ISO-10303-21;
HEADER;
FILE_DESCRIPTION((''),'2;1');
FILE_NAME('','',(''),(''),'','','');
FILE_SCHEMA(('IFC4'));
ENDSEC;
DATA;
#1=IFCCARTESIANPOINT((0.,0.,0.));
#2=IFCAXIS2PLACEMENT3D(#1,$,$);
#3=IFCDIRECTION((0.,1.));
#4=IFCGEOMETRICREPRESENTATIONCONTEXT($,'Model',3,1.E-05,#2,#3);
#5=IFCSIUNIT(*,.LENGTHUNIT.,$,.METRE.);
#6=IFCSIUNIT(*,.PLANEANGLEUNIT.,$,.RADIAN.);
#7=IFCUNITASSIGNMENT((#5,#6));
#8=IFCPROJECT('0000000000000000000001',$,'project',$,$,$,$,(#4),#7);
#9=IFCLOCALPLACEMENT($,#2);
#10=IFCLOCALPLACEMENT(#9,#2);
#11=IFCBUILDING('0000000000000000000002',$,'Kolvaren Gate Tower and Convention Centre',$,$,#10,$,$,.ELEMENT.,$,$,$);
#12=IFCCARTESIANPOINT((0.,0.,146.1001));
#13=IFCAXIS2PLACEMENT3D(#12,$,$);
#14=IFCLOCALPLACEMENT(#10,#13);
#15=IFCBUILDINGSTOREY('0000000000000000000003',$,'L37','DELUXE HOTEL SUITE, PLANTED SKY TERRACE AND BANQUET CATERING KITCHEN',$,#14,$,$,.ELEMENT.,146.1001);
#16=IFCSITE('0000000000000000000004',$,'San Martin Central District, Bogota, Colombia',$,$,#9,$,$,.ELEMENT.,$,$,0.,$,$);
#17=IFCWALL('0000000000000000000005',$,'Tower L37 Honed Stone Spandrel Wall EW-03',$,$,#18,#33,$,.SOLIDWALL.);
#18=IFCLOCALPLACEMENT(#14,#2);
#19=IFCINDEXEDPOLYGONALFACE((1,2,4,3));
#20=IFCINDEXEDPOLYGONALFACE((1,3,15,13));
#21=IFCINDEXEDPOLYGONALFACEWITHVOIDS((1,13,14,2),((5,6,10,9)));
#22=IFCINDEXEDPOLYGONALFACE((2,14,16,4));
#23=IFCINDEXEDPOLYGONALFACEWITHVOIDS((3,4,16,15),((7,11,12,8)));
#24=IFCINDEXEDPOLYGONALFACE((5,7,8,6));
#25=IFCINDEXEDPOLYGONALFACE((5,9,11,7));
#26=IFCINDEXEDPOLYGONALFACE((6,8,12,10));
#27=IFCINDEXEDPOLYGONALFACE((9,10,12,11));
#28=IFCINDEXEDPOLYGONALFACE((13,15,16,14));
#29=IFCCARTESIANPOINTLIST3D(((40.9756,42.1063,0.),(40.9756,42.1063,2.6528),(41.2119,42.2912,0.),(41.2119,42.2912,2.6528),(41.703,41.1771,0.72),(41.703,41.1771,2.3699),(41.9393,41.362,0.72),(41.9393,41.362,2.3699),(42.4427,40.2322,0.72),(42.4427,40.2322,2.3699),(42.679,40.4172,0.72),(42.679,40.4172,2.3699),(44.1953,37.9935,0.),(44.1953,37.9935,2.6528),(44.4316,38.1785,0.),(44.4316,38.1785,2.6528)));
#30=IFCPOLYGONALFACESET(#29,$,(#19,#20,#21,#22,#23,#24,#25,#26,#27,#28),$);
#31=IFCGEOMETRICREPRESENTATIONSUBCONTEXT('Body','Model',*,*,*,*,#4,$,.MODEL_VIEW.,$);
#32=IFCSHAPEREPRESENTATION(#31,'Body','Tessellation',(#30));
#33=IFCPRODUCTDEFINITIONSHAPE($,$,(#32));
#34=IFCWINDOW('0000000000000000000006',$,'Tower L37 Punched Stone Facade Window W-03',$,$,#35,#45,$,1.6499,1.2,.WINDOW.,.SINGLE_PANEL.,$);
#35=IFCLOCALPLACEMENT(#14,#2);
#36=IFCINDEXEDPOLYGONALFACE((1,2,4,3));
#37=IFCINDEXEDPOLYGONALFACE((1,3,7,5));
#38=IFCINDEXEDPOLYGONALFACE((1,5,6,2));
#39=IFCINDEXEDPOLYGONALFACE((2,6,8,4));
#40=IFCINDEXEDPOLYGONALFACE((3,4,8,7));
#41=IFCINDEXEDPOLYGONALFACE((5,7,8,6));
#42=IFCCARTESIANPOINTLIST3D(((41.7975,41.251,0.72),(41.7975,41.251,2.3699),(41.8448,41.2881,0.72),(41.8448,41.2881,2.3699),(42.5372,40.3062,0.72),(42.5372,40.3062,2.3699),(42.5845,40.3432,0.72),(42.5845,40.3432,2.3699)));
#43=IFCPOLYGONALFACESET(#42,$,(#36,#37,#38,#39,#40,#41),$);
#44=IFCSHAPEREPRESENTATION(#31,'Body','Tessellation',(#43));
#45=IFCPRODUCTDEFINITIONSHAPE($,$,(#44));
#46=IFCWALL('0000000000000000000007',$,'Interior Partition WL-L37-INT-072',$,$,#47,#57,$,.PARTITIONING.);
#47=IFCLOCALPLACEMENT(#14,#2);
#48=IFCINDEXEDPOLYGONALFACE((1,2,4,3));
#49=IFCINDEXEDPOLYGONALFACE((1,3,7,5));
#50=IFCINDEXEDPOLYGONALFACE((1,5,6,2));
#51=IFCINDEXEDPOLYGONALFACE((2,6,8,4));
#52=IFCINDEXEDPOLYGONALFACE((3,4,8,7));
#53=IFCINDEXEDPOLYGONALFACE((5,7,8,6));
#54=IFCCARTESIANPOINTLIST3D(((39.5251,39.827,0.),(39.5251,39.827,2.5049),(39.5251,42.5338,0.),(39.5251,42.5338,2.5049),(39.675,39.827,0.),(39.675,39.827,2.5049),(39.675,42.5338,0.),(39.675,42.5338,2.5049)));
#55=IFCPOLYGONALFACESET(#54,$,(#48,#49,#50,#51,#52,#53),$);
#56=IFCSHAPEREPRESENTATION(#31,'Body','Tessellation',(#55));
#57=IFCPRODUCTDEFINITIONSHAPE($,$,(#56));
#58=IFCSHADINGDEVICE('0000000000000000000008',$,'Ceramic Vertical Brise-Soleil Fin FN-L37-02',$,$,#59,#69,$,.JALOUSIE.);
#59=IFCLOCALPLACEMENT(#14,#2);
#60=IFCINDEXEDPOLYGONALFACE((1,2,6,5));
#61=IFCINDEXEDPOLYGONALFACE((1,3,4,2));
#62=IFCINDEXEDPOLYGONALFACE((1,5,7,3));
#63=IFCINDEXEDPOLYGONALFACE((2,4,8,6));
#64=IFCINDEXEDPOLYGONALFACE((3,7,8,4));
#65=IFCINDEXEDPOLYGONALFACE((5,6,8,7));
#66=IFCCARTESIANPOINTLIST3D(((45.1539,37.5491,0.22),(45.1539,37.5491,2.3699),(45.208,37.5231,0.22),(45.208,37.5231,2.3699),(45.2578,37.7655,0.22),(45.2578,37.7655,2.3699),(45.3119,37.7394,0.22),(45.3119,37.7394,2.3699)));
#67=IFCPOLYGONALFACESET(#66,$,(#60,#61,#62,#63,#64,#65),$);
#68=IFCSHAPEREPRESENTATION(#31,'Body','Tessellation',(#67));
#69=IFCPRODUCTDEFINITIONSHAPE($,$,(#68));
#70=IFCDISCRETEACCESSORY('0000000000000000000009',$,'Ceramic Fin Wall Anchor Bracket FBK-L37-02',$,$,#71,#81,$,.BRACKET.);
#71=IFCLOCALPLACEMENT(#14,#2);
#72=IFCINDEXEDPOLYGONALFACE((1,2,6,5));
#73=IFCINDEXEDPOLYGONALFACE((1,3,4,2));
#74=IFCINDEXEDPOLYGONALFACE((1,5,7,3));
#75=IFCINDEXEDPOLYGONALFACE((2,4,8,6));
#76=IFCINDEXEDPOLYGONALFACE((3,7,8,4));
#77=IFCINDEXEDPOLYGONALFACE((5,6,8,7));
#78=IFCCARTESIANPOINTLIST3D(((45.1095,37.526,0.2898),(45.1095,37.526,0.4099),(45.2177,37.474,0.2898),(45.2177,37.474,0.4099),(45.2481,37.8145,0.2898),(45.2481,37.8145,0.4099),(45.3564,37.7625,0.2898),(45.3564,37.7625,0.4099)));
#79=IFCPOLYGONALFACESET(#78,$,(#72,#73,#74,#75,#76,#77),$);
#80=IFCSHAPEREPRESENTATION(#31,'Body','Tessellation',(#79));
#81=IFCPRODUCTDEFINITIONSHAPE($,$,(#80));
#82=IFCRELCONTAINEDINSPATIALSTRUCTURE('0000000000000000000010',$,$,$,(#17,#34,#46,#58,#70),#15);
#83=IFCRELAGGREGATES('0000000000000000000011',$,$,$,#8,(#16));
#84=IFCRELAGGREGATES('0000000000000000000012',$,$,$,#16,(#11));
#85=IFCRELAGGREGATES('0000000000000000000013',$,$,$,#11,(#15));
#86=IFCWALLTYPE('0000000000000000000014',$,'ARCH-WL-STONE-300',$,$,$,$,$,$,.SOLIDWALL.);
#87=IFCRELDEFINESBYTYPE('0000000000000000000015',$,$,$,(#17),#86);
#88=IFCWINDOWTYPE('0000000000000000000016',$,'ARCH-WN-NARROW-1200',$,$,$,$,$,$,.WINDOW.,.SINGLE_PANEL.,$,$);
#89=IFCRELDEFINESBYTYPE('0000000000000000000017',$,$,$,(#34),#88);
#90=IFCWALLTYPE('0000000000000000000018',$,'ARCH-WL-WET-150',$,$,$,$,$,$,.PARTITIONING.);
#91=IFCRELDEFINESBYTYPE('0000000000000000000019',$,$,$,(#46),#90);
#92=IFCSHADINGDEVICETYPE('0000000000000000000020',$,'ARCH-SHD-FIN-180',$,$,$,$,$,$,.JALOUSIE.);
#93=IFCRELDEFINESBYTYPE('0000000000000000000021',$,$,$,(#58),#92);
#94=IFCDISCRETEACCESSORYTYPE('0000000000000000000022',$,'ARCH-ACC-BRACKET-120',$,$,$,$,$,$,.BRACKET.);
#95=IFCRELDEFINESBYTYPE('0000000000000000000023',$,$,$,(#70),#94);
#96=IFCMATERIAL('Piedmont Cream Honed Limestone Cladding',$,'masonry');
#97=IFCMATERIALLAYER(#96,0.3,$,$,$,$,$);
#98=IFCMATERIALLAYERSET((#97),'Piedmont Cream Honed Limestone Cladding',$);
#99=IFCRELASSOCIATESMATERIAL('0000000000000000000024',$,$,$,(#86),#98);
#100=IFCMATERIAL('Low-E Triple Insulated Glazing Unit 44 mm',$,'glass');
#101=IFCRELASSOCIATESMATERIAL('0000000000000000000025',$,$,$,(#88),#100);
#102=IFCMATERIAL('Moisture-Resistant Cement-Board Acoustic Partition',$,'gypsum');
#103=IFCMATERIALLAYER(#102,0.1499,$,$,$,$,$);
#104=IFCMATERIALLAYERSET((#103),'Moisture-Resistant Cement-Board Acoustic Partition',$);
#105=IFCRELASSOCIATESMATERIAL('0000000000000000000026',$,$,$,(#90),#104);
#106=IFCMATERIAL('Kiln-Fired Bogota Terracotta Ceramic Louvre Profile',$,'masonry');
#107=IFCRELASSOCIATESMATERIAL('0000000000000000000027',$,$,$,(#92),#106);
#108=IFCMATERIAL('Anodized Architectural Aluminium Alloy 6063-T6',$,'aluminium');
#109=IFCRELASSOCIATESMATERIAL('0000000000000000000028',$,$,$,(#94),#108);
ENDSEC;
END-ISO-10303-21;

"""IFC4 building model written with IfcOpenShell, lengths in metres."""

from ifc_helpers import new_model, si_unit, direction, frame, frame_2d, origin, origin_2d, place, context, subcontext, project, spatial, rectangle, extrude, material, layer, layer_set, type_object, element, fill, save


model = new_model("IFC4")

# Units and contexts
model_context = context("Model", 3, precision=1e-05, world=origin(), true_north=direction((0.0, 1.0)))
body_context = subcontext(model_context, "Body", "Model", "MODEL_VIEW")
ifc_project = project(units=[si_unit("LENGTHUNIT", "METRE"), si_unit("PLANEANGLEUNIT", "RADIAN")], contexts=[model_context])

# Site, building, storey
site_placement = place(None, origin())
site = spatial("IfcSite", under=ifc_project, at=site_placement, Name="San Martin Central District, Bogota, Colombia", CompositionType="ELEMENT", RefElevation=0.0)
building_placement = place(site_placement, origin())
building = spatial("IfcBuilding", under=site, at=building_placement, Name="Kolvaren Gate Tower and Convention Centre", CompositionType="ELEMENT")
storey_placement = place(building_placement, frame((0.0, 0.0, 146.1001)))
storey = spatial("IfcBuildingStorey", under=building, at=storey_placement, Name="L37", Description="DELUXE HOTEL SUITE, PLANTED SKY TERRACE AND BANQUET CATERING KITCHEN", CompositionType="ELEMENT", Elevation=146.1001)

# Shared definitions
ifc_material_1 = material(Name="Piedmont Cream Honed Limestone Cladding", Category="masonry")

# Shared definitions
ifc_layer_1 = layer(ifc_material_1, 0.3)
ifc_layer_set_1 = layer_set([ifc_layer_1], Name="Piedmont Cream Honed Limestone Cladding")
wall_type_1 = type_object("IfcWallType", Name="ARCH-WL-STONE-300", PredefinedType="SOLIDWALL", material=ifc_layer_set_1)
ifc_material_2 = material(Name="Low-E Triple Insulated Glazing Unit 44 mm", Category="glass")
window_type = type_object("IfcWindowType", Name="ARCH-WN-NARROW-1200", PartitioningType="SINGLE_PANEL", PredefinedType="WINDOW", material=ifc_material_2)

# Shared definitions
ifc_material_3 = material(Name="Anodized Architectural Aluminium Alloy 6063-T6", Category="aluminium")

# Wall, opening, window
wall_1_placement = place(storey_placement, frame((41.0938, 42.1987, 0.0), z_axis=(0.0, 0.0, 1.0), x_axis=(0.616429, -0.78741, 0.0)))
wall_1 = element("IfcWall", 1, at=wall_1_placement, inside=storey, type_object=wall_type_1, Name="Tower L37 Honed Stone Spandrel Wall EW-03", PredefinedType="SOLIDWALL", context=body_context, shape_type="SweptSolid", body=[
    extrude(rectangle(XDim=5.2231, YDim=0.3, at=frame_2d((2.6116, 0.0))), origin(), (0.0, 0.0, 1.0), 2.6528),
])
opening_1_placement = place(wall_1_placement, frame((1.1799, 0.0, 0.72)))
opening_1 = element("IfcOpeningElement", 2, at=opening_1_placement, cuts=wall_1, PredefinedType="OPENING", context=body_context, shape_type="SweptSolid", body=[
    extrude(rectangle(XDim=1.2, YDim=1.6499, at=frame_2d((0.6001, 0.825))), frame((0.0, 0.1599, 0.0), z_axis=(0.0, -1.0, 0.0), x_axis=(1.0, 0.0, 0.0)), (0.0, 0.0, 1.0), 0.3201),
])
window_1_placement = place(opening_1_placement, origin())
window_1 = element("IfcWindow", 3, at=window_1_placement, inside=storey, type_object=window_type, Name="Tower L37 Punched Stone Facade Window W-03", OverallHeight=1.6499, OverallWidth=1.2, PartitioningType="SINGLE_PANEL", PredefinedType="WINDOW", context=body_context, shape_type="SweptSolid", body=[
    extrude(rectangle(XDim=1.2, YDim=1.6499, at=frame_2d((0.6001, 0.825))), frame((0.0, 0.03, 0.0), z_axis=(0.0, -1.0, 0.0), x_axis=(1.0, 0.0, 0.0)), (0.0, 0.0, 1.0), 0.0601),
])
fill(opening_1, window_1)

# Wall
ifc_material_4 = material(Name="Moisture-Resistant Cement-Board Acoustic Partition", Category="gypsum")
ifc_layer_2 = layer(ifc_material_4, 0.1499)
ifc_layer_set_2 = layer_set([ifc_layer_2], Name="Moisture-Resistant Cement-Board Acoustic Partition")
wall_type_2 = type_object("IfcWallType", Name="ARCH-WL-WET-150", PredefinedType="PARTITIONING", material=ifc_layer_set_2)
wall_2_placement = place(storey_placement, frame((39.6001, 39.8269, 0.0), z_axis=(0.0, 0.0, 1.0), x_axis=(0.0, 1.0, 0.0)))
element("IfcWall", 4, at=wall_2_placement, inside=storey, type_object=wall_type_2, Name="Interior Partition WL-L37-INT-072", PredefinedType="PARTITIONING", context=body_context, shape_type="SweptSolid", body=[
    extrude(rectangle(XDim=2.7068, YDim=0.1499, at=frame_2d((1.3535, 0.0))), origin(), (0.0, 0.0, 1.0), 2.5049),
])

# Shading device
ifc_material_5 = material(Name="Kiln-Fired Bogota Terracotta Ceramic Louvre Profile", Category="masonry")
shading_device_type = type_object("IfcShadingDeviceType", Name="ARCH-SHD-FIN-180", PredefinedType="JALOUSIE", material=ifc_material_5)
shading_device_placement = place(storey_placement, frame((45.2329, 37.6443, 0.22), z_axis=(0.0, 0.0, 1.0), x_axis=(0.901358, -0.433074, 0.0)))
element("IfcShadingDevice", 5, at=shading_device_placement, inside=storey, type_object=shading_device_type, Name="Ceramic Vertical Brise-Soleil Fin FN-L37-02", PredefinedType="JALOUSIE", context=body_context, shape_type="SweptSolid", body=[
    extrude(rectangle(XDim=0.0601, YDim=0.24, at=origin_2d()), origin(), (0.0, 0.0, 1.0), 2.1499),
])

# Discrete accessory
discrete_accessory_type = type_object("IfcDiscreteAccessoryType", Name="ARCH-ACC-BRACKET-120", PredefinedType="BRACKET", material=ifc_material_3)
discrete_accessory_placement = place(storey_placement, frame((45.2329, 37.6443, 0.2898), z_axis=(0.0, 0.0, 1.0), x_axis=(0.901358, -0.433074, 0.0)))
element("IfcDiscreteAccessory", 6, at=discrete_accessory_placement, inside=storey, type_object=discrete_accessory_type, Name="Ceramic Fin Wall Anchor Bracket FBK-L37-02", PredefinedType="BRACKET", context=body_context, shape_type="SweptSolid", body=[
    extrude(rectangle(XDim=0.1201, YDim=0.3201, at=origin_2d()), origin(), (0.0, 0.0, 1.0), 0.1201),
])

save(model, "model.ifc")
